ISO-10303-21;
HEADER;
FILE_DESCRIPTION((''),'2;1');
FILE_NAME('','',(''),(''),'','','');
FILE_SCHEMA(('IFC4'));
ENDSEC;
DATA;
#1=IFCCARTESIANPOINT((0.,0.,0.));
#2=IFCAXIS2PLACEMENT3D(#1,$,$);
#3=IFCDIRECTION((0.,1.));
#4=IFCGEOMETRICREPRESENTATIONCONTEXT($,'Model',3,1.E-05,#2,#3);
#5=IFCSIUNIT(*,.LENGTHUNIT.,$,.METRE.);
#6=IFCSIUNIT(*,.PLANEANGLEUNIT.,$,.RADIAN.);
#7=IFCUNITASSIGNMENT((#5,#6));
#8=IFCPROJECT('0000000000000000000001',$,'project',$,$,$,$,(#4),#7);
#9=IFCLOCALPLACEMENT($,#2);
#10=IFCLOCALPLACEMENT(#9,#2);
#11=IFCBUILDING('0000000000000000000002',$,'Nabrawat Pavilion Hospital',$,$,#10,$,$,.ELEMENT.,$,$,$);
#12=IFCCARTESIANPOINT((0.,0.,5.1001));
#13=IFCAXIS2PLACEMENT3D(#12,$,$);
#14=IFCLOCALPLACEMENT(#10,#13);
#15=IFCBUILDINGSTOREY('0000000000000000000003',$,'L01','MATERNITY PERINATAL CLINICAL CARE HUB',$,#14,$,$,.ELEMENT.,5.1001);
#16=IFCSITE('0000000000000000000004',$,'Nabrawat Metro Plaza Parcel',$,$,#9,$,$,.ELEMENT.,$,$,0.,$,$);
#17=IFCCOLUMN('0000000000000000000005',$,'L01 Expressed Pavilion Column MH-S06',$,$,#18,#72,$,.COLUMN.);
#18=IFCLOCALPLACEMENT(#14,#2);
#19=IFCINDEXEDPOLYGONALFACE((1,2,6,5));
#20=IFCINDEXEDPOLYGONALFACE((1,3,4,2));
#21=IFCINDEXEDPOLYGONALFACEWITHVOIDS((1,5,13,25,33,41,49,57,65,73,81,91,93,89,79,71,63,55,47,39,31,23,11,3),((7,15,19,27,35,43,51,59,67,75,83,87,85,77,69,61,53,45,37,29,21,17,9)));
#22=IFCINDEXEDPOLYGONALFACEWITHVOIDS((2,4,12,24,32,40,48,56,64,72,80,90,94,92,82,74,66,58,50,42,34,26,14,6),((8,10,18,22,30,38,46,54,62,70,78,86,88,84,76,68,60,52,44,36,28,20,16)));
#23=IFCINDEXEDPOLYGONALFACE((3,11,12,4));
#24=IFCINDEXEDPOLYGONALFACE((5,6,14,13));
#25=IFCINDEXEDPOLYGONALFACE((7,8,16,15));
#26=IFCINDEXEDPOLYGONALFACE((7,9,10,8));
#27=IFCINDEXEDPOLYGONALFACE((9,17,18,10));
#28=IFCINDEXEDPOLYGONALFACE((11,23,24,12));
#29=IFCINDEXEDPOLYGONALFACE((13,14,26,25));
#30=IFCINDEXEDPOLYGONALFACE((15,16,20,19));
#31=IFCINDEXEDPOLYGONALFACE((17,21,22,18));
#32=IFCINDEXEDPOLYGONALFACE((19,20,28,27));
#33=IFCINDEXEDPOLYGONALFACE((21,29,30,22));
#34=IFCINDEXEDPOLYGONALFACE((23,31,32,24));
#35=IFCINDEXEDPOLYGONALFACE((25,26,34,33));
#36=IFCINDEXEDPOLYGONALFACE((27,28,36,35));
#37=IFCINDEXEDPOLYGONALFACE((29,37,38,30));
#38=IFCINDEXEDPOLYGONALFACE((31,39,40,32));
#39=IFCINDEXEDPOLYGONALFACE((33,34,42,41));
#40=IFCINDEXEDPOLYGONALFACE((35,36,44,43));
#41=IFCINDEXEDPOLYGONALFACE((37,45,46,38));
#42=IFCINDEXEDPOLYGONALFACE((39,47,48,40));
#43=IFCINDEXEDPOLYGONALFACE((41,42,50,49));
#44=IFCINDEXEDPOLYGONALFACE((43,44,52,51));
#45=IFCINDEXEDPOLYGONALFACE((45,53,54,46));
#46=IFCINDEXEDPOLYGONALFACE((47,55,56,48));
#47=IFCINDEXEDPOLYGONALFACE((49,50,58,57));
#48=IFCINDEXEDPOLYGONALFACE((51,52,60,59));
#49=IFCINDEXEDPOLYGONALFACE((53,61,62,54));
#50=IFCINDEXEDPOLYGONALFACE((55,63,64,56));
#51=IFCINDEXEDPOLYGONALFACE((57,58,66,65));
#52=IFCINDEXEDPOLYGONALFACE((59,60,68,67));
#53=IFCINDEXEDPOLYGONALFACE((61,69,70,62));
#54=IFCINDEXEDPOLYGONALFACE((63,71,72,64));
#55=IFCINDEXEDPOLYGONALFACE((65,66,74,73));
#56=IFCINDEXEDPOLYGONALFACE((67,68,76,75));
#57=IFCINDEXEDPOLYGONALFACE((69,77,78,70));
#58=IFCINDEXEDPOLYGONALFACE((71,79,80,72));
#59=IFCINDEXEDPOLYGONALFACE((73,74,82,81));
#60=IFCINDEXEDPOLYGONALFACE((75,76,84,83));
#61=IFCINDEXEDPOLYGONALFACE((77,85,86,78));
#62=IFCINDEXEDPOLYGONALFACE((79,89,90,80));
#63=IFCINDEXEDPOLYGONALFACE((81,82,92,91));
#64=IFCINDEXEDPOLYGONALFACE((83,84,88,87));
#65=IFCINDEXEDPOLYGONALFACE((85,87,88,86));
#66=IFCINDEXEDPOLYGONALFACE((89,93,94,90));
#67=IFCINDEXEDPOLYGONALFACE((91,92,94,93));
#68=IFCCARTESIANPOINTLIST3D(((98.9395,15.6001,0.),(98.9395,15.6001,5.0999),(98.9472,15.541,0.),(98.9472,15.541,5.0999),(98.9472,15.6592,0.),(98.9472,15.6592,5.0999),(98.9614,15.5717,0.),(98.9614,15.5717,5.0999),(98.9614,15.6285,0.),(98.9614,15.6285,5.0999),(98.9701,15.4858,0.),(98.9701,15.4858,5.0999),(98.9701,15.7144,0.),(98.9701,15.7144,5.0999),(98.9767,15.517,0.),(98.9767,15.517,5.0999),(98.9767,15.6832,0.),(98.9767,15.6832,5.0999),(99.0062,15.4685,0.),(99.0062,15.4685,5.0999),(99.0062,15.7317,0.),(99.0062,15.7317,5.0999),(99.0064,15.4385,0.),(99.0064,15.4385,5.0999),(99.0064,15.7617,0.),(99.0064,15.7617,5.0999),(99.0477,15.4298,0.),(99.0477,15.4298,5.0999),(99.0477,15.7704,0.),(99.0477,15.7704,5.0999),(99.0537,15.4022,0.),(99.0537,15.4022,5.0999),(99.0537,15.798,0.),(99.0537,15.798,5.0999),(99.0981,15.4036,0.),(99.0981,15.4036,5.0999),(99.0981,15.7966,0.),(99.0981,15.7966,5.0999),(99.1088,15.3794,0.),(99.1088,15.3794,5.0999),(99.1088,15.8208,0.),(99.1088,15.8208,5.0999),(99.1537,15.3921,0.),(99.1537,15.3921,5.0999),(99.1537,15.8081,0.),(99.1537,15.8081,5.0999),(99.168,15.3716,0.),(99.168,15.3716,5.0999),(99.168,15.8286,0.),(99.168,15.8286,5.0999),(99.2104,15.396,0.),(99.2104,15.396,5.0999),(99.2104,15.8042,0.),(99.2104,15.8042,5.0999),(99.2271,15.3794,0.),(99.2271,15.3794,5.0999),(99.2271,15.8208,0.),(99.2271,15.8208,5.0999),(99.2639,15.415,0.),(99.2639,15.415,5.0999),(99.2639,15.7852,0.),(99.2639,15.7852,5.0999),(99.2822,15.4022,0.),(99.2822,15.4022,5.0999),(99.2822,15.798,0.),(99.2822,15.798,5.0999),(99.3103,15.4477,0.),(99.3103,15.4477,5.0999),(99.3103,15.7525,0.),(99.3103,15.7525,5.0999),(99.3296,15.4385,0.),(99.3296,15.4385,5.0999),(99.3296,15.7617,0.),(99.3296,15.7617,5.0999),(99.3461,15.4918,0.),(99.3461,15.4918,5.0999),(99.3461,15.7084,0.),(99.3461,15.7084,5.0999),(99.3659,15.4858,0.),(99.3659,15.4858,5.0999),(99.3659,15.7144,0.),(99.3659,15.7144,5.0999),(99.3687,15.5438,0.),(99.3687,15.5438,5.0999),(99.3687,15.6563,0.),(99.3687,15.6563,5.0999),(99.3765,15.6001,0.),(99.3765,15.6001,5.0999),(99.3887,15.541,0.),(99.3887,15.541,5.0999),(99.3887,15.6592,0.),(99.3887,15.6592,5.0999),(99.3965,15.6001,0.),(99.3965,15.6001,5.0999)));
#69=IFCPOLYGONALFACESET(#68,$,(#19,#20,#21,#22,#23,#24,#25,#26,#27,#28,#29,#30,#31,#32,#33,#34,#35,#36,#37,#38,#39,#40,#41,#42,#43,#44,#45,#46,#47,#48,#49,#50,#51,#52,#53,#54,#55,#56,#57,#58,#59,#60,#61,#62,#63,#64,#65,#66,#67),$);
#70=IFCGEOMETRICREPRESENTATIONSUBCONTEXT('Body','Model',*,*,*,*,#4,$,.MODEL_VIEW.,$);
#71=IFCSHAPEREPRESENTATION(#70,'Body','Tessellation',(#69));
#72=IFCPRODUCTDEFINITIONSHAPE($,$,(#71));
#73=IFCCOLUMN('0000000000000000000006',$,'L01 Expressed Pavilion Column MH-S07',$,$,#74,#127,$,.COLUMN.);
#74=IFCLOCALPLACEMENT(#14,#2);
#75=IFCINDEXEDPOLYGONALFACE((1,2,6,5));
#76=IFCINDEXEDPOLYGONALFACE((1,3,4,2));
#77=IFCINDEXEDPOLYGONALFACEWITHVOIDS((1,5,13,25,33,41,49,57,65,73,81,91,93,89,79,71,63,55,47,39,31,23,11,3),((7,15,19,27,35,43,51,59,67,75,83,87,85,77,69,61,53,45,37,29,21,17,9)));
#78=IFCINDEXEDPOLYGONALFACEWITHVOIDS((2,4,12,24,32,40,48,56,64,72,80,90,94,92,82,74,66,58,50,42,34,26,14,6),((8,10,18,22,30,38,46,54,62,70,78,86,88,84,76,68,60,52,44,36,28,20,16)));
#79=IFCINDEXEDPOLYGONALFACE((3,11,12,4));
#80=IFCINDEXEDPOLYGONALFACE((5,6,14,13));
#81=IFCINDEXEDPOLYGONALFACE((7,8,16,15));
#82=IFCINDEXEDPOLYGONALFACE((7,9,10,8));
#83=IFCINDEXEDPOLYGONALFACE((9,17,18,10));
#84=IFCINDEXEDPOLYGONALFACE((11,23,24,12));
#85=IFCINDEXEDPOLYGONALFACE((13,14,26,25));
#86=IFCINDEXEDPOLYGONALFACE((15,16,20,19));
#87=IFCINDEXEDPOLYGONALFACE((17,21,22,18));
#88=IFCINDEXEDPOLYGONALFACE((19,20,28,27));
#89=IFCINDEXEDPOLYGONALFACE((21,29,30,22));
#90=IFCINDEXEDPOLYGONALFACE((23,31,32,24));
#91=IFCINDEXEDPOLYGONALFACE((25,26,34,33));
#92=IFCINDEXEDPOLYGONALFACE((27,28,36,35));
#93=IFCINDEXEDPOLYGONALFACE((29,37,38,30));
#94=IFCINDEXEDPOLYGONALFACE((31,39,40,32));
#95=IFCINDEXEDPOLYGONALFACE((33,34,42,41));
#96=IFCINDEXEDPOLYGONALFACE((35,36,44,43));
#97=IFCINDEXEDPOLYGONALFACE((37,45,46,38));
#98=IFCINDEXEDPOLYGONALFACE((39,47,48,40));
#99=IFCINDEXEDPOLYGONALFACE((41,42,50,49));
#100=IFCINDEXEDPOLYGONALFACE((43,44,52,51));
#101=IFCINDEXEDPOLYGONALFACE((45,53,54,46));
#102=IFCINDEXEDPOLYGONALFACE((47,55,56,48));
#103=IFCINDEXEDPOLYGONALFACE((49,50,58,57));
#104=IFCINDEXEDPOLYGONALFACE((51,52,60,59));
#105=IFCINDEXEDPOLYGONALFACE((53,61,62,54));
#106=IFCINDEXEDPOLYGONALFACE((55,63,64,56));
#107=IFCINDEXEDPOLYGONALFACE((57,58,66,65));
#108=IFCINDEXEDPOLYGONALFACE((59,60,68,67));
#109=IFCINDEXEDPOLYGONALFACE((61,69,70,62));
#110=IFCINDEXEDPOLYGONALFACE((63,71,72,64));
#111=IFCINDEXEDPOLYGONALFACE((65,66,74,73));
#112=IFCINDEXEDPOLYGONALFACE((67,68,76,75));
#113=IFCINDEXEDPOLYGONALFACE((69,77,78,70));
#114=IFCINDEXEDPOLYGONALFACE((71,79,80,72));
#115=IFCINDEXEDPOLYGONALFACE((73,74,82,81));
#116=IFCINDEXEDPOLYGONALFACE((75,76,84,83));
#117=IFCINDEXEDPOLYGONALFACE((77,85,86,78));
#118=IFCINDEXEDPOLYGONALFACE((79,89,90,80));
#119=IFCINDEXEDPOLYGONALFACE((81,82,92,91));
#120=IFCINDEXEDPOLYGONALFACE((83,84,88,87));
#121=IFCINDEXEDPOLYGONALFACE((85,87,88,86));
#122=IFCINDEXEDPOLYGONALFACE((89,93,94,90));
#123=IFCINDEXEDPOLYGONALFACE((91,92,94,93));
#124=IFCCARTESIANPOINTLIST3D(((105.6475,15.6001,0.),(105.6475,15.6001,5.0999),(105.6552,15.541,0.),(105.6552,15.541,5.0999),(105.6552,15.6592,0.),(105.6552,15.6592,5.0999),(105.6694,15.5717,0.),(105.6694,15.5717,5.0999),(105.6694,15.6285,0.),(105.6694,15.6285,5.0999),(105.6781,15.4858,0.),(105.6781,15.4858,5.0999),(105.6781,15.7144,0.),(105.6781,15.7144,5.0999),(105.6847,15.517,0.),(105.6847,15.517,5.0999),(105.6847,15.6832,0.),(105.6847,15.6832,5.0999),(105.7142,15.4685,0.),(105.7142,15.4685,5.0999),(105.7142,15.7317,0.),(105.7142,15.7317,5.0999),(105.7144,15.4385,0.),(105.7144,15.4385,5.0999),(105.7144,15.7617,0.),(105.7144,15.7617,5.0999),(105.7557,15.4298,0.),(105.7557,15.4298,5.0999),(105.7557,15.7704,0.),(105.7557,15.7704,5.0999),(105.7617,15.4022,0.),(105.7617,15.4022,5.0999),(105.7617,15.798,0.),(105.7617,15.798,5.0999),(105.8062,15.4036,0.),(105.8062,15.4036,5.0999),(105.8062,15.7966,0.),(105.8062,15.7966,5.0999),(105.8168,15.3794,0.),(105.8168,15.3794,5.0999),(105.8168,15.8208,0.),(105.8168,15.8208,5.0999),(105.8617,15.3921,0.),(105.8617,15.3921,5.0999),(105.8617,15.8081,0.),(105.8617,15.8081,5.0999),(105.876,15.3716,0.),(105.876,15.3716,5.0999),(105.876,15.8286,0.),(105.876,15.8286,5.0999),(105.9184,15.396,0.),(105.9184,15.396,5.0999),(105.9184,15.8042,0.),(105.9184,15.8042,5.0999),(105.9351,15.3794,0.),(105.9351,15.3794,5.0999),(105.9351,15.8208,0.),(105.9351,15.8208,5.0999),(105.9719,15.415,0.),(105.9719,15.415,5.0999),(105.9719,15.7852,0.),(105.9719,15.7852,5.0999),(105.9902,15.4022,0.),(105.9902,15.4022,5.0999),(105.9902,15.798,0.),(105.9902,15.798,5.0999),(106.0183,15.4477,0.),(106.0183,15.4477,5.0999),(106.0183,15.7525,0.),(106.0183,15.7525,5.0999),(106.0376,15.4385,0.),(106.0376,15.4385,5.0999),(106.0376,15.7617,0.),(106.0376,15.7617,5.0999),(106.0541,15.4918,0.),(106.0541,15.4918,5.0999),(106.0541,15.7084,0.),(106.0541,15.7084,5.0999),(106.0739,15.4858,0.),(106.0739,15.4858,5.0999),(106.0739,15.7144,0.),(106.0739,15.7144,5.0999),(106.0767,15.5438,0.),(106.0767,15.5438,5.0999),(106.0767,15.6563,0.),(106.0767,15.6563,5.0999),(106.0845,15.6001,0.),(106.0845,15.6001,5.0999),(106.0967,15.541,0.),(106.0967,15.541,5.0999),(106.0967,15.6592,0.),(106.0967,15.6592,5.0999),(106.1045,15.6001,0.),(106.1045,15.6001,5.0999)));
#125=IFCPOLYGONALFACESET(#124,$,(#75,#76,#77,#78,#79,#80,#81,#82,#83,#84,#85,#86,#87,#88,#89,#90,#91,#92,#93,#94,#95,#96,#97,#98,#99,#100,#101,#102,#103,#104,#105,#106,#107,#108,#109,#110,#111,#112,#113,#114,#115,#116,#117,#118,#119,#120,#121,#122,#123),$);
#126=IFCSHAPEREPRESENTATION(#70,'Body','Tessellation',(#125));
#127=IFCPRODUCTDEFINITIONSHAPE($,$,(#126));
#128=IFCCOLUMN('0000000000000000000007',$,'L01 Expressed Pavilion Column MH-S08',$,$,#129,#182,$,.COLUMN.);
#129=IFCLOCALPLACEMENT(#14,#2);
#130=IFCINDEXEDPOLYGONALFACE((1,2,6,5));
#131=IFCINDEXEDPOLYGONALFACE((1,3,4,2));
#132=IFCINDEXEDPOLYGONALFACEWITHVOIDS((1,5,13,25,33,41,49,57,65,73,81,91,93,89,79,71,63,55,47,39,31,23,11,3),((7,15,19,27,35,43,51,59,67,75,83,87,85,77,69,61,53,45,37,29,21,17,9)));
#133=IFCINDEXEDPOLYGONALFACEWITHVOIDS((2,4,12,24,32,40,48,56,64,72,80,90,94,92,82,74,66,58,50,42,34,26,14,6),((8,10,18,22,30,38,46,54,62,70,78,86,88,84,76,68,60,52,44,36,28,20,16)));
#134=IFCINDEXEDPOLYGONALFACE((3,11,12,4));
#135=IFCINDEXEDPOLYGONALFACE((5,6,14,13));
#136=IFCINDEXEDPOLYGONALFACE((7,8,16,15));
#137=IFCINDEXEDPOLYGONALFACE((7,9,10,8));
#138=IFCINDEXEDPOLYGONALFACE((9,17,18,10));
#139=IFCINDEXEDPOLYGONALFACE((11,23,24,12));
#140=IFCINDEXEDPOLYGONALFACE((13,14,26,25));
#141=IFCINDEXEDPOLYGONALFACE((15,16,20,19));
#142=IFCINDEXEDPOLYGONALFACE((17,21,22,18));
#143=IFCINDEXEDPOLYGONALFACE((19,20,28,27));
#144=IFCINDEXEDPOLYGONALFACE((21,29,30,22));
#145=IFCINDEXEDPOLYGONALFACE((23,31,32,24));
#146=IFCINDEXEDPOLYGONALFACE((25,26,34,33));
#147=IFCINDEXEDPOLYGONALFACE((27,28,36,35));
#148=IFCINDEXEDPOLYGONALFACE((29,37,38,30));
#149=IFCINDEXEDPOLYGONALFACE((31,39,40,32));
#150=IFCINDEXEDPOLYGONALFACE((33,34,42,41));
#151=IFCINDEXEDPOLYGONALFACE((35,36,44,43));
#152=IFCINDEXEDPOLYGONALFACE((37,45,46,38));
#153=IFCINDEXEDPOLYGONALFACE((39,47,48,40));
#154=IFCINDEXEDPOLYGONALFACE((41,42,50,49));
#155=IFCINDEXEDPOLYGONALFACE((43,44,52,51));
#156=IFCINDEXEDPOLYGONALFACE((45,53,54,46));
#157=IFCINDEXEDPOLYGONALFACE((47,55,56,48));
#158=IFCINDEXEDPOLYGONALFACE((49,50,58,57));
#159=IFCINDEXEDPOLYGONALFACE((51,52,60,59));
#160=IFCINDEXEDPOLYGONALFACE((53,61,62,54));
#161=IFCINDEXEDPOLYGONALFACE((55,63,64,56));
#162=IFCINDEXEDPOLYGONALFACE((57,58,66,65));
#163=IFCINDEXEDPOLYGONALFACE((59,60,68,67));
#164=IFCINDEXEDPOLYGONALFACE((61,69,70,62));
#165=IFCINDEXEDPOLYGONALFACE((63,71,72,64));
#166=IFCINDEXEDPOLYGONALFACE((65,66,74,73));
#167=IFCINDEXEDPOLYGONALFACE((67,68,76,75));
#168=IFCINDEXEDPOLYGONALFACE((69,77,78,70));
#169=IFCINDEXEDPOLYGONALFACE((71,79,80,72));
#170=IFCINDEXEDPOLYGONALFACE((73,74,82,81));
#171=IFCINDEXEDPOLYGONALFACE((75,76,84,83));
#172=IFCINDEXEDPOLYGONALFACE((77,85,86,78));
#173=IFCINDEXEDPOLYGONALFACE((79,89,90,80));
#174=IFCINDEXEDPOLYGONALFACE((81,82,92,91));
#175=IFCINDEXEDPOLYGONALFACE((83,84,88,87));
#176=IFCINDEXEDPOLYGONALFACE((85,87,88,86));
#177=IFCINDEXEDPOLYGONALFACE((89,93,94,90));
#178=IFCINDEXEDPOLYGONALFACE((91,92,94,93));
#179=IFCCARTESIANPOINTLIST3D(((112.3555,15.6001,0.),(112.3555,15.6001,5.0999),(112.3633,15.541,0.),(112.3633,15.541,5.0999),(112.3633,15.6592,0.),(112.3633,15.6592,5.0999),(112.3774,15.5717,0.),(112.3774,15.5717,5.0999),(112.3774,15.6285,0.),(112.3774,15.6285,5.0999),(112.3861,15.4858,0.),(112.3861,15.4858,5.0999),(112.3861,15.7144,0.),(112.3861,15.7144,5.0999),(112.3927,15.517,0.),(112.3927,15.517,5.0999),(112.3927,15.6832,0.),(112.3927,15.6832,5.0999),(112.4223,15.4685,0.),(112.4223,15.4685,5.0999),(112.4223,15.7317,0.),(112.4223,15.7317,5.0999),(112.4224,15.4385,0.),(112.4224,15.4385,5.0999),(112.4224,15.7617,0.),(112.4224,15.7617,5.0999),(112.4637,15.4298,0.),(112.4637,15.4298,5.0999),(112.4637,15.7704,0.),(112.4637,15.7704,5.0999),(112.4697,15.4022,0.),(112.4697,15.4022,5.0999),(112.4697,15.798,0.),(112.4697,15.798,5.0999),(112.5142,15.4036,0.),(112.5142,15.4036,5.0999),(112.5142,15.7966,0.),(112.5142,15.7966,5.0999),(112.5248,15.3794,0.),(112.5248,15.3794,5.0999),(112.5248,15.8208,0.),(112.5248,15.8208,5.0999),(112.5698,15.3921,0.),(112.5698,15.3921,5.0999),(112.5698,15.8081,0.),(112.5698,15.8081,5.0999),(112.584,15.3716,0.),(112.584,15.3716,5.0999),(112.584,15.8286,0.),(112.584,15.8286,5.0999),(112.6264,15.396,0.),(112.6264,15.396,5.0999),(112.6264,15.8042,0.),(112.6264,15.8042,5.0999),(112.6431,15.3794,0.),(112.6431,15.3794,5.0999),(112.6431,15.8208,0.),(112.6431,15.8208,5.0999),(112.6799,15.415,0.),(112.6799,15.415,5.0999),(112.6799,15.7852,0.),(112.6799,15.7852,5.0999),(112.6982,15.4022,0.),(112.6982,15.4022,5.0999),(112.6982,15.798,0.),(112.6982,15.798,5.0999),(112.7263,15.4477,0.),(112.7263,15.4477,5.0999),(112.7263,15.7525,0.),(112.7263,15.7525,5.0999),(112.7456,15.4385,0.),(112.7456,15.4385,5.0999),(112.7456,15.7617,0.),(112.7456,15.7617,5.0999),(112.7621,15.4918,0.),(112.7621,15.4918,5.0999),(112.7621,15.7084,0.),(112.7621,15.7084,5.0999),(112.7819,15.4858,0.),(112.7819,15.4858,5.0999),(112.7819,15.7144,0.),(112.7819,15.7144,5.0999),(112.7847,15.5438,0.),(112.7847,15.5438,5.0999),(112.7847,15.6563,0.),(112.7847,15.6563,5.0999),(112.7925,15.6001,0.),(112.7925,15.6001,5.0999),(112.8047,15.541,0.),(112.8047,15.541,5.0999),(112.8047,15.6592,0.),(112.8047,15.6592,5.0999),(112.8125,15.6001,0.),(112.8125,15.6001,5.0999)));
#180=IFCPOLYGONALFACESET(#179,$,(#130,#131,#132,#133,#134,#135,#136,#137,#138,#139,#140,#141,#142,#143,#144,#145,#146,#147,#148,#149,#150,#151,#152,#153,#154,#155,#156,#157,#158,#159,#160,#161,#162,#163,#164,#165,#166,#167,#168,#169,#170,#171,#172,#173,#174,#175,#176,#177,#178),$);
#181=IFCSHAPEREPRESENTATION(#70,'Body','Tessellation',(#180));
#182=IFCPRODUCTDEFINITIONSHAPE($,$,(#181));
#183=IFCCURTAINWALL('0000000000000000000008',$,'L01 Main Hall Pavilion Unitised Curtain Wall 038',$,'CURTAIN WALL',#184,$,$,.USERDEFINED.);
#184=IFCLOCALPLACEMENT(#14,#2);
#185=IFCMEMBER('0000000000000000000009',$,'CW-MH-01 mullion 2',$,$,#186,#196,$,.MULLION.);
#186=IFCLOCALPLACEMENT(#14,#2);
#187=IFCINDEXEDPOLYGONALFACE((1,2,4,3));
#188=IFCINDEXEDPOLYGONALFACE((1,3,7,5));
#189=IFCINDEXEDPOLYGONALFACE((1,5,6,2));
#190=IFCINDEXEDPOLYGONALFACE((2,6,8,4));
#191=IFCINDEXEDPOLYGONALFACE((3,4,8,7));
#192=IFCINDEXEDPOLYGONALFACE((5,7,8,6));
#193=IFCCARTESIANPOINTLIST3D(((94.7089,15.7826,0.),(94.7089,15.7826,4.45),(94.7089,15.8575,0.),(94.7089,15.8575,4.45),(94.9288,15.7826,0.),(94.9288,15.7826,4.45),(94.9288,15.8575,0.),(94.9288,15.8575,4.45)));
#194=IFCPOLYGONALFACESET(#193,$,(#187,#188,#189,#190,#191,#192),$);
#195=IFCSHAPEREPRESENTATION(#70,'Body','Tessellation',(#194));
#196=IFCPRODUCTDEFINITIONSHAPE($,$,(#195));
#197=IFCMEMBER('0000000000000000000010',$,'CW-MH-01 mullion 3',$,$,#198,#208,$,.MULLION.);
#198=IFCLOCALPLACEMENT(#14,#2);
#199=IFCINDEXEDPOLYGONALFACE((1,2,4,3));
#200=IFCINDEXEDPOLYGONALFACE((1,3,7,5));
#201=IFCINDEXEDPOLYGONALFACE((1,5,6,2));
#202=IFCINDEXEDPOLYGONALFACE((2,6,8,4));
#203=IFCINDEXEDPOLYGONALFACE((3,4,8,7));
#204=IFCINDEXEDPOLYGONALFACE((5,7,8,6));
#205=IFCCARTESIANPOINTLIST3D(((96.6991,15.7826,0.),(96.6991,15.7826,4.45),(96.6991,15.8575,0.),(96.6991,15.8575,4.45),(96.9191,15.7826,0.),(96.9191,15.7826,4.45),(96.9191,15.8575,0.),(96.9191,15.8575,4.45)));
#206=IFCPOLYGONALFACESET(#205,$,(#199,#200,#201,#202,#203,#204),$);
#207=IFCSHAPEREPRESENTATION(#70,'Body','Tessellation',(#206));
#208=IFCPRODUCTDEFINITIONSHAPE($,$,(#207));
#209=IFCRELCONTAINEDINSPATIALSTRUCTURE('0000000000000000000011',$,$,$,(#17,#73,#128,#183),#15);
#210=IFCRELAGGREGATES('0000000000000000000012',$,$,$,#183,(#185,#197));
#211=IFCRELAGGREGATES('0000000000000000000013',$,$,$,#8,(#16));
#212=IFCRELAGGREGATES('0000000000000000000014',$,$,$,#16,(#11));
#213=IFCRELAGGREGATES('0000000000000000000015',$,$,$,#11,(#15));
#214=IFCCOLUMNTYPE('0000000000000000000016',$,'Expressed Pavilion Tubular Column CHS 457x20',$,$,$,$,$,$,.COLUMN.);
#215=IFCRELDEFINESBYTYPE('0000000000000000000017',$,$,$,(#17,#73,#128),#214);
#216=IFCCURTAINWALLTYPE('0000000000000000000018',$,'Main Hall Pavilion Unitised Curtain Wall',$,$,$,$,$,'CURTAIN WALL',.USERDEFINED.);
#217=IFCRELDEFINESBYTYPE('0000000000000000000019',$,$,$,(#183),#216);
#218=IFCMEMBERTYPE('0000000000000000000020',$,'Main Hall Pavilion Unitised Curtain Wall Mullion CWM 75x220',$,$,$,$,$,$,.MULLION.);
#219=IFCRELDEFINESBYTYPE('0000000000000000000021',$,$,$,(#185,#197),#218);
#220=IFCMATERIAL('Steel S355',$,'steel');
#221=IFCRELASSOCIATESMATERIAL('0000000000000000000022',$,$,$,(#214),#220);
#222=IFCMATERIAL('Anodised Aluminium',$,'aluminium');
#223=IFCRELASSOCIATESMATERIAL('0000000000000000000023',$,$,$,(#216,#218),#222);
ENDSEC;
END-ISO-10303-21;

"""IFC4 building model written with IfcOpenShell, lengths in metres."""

from ifc_helpers import new_model, si_unit, direction, frame, origin, origin_2d, place, context, subcontext, project, spatial, rectangle, hollow_circle, extrude, material, material_profile, profile_set, type_object, element, aggregate, save


model = new_model("IFC4")

# Units and contexts
model_context = context("Model", 3, precision=1e-05, world=origin(), true_north=direction((0.0, 1.0)))
body_context = subcontext(model_context, "Body", "Model", "MODEL_VIEW")
ifc_project = project(units=[si_unit("LENGTHUNIT", "METRE"), si_unit("PLANEANGLEUNIT", "RADIAN")], contexts=[model_context])

# Site, building, storey
site_placement = place(None, origin())
site = spatial("IfcSite", under=ifc_project, at=site_placement, Name="Nabrawat Metro Plaza Parcel", CompositionType="ELEMENT", RefElevation=0.0)
building_placement = place(site_placement, origin())
building = spatial("IfcBuilding", under=site, at=building_placement, Name="Nabrawat Pavilion Hospital", CompositionType="ELEMENT")
storey_placement = place(building_placement, frame((0.0, 0.0, 5.1001)))
storey = spatial("IfcBuildingStorey", under=building, at=storey_placement, Name="L01", Description="MATERNITY PERINATAL CLINICAL CARE HUB", CompositionType="ELEMENT", Elevation=5.1001)

# Columns
ifc_material_1 = material(Name="Steel S355", Category="steel")
ifc_material_profile_1 = material_profile(ifc_material_1, hollow_circle(Radius=0.2285, WallThickness=0.02, at=origin_2d()), Name="CHS 457x20")
ifc_profile_set_1 = profile_set([ifc_material_profile_1], Name="Steel S355")
column_type = type_object("IfcColumnType", Name="Expressed Pavilion Tubular Column CHS 457x20", PredefinedType="COLUMN", material=ifc_profile_set_1)
for number, where, z_axis, x_axis, name in (
    (1, (99.168, 15.6001, 0.0), (0.0, 0.0, 1.0), (1.0, 0.0, 0.0), "L01 Expressed Pavilion Column MH-S06"),
    (2, (105.876, 15.6001, 0.0), (0.0, 0.0, 1.0), (1.0, 0.0, 0.0), "L01 Expressed Pavilion Column MH-S07"),
    (3, (112.584, 15.6001, 0.0), (0.0, 0.0, 1.0), (1.0, 0.0, 0.0), "L01 Expressed Pavilion Column MH-S08"),
):
    element("IfcColumn", number, at=place(storey_placement, frame(where, z_axis=z_axis, x_axis=x_axis)), inside=storey, type_object=column_type, Name=name, PredefinedType="COLUMN", context=body_context, shape_type="SweptSolid", body=[
        extrude(hollow_circle(Radius=0.2285, WallThickness=0.02, at=origin_2d()), origin(), (0.0, 0.0, 1.0), 5.0999),
    ])

# Curtain wall, members
ifc_material_2 = material(Name="Anodised Aluminium", Category="aluminium")
curtain_wall_type = type_object("IfcCurtainWallType", Name="Main Hall Pavilion Unitised Curtain Wall", ElementType="CURTAIN WALL", PredefinedType="USERDEFINED", material=ifc_material_2)
curtain_wall_1_placement = place(storey_placement, origin())
curtain_wall_1 = element("IfcCurtainWall", 4, at=curtain_wall_1_placement, inside=storey, type_object=curtain_wall_type, Name="L01 Main Hall Pavilion Unitised Curtain Wall 038", ObjectType="CURTAIN WALL", PredefinedType="USERDEFINED")
ifc_material_profile_2 = material_profile(ifc_material_2, rectangle(XDim=0.075, YDim=0.22, at=origin_2d()), Name="CWM 75x220")
ifc_profile_set_2 = profile_set([ifc_material_profile_2], Name="Anodised Aluminium")
member_type_1 = type_object("IfcMemberType", Name="Main Hall Pavilion Unitised Curtain Wall Mullion CWM 75x220", PredefinedType="MULLION", material=ifc_profile_set_2)
member_1_placement = place(storey_placement, frame((94.8188, 15.8201, 0.0), z_axis=(0.0, 0.0, 1.0), x_axis=(0.0, 1.0, 0.0)))
member_1 = element("IfcMember", 5, at=member_1_placement, type_object=member_type_1, Name="CW-MH-01 mullion 2", PredefinedType="MULLION", context=body_context, shape_type="SweptSolid", body=[
    extrude(rectangle(XDim=0.075, YDim=0.22, at=origin_2d()), origin(), (0.0, 0.0, 1.0), 4.45),
])
member_2_placement = place(storey_placement, frame((96.8091, 15.8201, 0.0), z_axis=(0.0, 0.0, 1.0), x_axis=(0.0, 1.0, 0.0)))
member_2 = element("IfcMember", 6, at=member_2_placement, type_object=member_type_1, Name="CW-MH-01 mullion 3", PredefinedType="MULLION", context=body_context, shape_type="SweptSolid", body=[
    extrude(rectangle(XDim=0.075, YDim=0.22, at=origin_2d()), origin(), (0.0, 0.0, 1.0), 4.45),
])

aggregate(curtain_wall_1, [member_1, member_2])

save(model, "model.ifc")
